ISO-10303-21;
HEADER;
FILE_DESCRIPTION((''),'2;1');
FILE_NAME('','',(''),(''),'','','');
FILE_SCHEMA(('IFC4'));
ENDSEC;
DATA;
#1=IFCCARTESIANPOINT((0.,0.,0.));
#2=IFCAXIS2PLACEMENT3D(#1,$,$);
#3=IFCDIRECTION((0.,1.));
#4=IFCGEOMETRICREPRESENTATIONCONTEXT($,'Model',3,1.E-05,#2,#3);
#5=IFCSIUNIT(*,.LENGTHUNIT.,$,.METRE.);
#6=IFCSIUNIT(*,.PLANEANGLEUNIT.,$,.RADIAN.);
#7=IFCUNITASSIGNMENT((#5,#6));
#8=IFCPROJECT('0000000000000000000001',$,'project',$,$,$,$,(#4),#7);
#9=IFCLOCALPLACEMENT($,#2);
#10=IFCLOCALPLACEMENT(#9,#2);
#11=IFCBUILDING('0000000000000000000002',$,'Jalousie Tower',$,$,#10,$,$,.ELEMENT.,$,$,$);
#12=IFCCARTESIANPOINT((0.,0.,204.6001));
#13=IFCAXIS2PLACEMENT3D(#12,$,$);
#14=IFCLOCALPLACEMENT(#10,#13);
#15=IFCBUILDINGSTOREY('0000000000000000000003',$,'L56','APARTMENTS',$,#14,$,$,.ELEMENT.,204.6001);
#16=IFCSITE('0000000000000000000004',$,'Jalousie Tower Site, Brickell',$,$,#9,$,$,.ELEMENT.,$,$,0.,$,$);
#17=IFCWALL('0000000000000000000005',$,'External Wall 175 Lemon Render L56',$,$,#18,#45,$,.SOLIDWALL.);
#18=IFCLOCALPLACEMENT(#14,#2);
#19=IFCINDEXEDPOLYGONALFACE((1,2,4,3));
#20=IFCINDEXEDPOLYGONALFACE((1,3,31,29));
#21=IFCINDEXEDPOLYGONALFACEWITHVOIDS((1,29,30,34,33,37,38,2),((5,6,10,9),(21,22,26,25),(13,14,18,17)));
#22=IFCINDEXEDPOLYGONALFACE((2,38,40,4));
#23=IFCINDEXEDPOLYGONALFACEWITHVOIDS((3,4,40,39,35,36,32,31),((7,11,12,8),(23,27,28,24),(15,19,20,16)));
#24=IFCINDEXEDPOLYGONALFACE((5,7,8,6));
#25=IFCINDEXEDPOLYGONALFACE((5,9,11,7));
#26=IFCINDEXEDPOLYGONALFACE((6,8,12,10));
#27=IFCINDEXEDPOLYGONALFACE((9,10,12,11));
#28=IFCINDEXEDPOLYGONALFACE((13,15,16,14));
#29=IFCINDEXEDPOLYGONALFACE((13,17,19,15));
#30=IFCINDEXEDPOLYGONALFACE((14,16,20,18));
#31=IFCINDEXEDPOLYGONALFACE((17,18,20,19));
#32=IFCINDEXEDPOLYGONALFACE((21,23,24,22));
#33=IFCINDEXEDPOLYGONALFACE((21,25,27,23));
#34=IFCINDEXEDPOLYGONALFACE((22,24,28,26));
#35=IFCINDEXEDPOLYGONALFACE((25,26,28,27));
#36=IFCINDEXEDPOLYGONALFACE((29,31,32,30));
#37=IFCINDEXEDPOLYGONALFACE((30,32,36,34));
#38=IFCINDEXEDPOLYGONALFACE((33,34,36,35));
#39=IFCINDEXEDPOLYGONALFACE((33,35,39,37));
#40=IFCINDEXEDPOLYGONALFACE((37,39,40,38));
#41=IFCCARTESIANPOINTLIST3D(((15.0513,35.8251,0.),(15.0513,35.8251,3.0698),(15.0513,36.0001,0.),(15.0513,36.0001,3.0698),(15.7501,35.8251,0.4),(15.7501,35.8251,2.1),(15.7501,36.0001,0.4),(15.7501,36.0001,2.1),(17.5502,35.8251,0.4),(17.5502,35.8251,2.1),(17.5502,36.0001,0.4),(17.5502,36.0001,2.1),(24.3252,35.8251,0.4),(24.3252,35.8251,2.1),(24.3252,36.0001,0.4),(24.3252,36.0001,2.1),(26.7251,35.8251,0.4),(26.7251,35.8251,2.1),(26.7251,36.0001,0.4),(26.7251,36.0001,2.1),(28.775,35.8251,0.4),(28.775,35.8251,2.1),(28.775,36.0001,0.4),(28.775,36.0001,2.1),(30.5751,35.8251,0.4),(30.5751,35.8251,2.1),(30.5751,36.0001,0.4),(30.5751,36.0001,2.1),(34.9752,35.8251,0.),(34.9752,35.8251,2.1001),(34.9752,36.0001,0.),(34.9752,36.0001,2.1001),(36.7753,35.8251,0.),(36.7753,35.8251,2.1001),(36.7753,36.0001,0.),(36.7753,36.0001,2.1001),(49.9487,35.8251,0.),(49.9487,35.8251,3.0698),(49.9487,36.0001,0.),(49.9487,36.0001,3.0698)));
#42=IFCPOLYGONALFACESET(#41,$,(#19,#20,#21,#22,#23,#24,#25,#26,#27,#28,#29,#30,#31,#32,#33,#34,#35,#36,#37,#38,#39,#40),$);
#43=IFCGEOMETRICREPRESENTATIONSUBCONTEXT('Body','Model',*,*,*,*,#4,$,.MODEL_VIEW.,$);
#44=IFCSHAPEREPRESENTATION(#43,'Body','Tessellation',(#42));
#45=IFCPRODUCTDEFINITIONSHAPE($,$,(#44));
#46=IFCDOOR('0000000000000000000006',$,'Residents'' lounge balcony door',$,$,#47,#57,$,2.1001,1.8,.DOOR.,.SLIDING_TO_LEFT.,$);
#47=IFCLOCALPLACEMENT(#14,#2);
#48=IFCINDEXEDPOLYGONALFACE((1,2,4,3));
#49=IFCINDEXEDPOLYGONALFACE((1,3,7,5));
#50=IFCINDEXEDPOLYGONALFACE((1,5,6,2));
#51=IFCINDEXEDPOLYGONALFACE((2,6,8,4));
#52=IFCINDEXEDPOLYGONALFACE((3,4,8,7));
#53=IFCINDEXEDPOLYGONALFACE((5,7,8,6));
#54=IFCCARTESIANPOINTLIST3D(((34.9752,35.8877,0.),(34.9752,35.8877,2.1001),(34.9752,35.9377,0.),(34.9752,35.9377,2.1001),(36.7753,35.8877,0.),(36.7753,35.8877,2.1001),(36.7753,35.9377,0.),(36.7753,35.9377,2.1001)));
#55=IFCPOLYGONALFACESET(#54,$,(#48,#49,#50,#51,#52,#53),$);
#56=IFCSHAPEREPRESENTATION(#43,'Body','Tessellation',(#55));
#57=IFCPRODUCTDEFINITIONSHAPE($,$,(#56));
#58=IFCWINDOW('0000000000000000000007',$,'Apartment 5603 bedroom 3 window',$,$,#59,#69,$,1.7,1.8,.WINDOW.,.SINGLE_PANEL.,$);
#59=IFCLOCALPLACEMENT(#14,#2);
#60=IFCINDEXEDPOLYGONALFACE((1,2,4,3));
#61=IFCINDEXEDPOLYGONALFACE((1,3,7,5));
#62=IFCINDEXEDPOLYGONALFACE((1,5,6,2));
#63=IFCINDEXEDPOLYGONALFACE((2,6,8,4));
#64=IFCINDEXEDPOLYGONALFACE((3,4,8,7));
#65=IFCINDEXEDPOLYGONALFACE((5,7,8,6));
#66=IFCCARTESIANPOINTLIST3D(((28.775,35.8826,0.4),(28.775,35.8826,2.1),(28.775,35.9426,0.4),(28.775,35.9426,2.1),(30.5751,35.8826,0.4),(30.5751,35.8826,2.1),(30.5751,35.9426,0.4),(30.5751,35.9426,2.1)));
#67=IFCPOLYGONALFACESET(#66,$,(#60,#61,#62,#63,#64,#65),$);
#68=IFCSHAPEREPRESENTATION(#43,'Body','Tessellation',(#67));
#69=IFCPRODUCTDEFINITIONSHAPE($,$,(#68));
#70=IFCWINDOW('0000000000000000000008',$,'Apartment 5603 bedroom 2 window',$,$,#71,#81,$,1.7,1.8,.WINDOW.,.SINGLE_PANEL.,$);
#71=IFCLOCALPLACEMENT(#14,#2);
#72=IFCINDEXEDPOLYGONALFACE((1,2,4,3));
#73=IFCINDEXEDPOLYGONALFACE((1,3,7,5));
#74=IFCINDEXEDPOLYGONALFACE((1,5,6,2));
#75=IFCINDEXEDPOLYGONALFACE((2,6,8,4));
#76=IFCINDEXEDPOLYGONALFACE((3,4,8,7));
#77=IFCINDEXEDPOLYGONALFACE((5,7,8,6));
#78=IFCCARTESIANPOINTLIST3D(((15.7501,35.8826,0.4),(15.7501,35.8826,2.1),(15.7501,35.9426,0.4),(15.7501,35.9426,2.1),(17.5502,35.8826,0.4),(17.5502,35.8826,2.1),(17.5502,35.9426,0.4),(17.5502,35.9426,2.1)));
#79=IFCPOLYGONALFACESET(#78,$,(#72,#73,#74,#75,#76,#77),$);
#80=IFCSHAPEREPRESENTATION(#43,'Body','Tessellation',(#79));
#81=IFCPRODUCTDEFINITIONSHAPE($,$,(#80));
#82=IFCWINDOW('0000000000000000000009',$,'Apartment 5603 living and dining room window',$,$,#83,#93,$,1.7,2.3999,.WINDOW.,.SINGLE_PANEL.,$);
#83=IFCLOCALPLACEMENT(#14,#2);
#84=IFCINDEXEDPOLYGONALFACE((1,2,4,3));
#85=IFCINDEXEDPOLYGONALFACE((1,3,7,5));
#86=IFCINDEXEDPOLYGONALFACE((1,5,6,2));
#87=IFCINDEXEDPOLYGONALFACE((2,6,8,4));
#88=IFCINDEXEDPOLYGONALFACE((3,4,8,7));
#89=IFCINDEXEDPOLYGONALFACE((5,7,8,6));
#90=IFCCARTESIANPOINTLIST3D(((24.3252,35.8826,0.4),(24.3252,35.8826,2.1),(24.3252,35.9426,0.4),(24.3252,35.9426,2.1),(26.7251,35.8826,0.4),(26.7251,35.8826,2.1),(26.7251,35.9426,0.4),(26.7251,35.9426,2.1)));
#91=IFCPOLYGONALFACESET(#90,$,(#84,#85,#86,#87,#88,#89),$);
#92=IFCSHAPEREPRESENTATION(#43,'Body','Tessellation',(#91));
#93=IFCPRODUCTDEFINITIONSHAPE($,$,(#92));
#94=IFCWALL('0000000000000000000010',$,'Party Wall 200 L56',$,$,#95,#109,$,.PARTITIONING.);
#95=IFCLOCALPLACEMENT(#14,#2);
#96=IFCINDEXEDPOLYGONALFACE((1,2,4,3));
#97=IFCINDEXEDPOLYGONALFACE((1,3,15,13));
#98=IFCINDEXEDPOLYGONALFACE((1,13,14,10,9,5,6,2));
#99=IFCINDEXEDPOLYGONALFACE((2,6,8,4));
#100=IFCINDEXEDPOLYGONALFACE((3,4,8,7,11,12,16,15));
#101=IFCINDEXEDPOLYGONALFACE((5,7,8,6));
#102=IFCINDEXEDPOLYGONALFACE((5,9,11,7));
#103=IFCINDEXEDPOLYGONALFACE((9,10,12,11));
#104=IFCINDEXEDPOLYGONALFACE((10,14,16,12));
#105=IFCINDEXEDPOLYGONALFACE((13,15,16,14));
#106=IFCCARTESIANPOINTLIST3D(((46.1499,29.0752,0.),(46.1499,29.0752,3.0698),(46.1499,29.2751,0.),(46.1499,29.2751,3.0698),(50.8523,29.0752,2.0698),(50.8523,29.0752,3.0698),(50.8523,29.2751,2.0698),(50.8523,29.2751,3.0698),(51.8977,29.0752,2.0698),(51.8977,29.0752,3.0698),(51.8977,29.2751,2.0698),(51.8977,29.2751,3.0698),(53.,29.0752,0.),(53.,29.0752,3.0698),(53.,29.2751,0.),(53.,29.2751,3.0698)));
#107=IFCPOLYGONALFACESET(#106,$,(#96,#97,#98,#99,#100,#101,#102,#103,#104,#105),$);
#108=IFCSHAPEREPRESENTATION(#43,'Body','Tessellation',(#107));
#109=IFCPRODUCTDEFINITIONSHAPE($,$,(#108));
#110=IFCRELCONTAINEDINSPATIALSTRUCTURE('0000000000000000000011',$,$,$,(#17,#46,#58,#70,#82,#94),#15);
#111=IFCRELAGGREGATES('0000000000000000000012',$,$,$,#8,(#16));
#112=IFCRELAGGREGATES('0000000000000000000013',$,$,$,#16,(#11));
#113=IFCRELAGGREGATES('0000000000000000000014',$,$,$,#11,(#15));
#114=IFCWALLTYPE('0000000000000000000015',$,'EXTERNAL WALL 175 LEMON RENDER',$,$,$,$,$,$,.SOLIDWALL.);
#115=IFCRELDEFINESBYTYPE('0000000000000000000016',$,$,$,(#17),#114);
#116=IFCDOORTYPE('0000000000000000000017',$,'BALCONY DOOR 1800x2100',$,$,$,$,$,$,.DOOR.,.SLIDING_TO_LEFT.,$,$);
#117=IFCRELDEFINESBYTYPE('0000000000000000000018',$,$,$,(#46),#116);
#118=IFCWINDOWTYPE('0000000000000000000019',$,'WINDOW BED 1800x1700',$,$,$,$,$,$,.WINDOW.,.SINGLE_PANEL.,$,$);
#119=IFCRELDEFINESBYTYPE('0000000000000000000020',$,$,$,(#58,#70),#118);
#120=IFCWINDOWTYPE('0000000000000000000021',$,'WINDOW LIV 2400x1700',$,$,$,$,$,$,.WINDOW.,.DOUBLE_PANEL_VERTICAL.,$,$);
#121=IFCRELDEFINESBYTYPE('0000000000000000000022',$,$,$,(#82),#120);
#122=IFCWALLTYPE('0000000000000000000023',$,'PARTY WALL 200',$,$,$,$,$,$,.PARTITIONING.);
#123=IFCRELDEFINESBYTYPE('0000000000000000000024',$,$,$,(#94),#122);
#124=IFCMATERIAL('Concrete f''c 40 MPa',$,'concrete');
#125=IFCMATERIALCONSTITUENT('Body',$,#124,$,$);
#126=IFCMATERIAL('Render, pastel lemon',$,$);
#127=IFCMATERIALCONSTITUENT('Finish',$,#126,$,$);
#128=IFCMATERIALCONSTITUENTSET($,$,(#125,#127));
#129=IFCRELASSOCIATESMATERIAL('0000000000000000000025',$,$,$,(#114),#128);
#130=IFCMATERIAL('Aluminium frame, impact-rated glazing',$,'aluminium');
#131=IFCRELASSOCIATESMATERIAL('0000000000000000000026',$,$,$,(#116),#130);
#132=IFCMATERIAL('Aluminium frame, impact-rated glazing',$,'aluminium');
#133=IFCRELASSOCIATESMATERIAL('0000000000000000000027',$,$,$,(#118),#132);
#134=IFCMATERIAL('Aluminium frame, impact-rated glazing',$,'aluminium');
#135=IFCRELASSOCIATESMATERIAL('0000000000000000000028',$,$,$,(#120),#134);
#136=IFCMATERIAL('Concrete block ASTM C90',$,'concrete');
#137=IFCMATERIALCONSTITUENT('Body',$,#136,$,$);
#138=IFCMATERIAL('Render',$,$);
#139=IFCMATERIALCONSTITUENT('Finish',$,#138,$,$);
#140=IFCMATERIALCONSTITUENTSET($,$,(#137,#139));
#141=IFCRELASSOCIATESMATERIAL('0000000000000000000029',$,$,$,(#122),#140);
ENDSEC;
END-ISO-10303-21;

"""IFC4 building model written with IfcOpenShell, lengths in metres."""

from ifc_helpers import new_model, si_unit, direction, frame, frame_2d, origin, place, context, subcontext, project, spatial, polyline, rectangle, outline, extrude, material, constituent, constituent_set, type_object, element, fill, save


model = new_model("IFC4")

# Units and contexts
model_context = context("Model", 3, precision=1e-05, world=origin(), true_north=direction((0.0, 1.0)))
body_context = subcontext(model_context, "Body", "Model", "MODEL_VIEW")
ifc_project = project(units=[si_unit("LENGTHUNIT", "METRE"), si_unit("PLANEANGLEUNIT", "RADIAN")], contexts=[model_context])

# Site, building, storey
site_placement = place(None, origin())
site = spatial("IfcSite", under=ifc_project, at=site_placement, Name="Jalousie Tower Site, Brickell", CompositionType="ELEMENT", RefElevation=0.0)
building_placement = place(site_placement, origin())
building = spatial("IfcBuilding", under=site, at=building_placement, Name="Jalousie Tower", CompositionType="ELEMENT")
storey_placement = place(building_placement, frame((0.0, 0.0, 204.6001)))
storey = spatial("IfcBuildingStorey", under=building, at=storey_placement, Name="L56", Description="APARTMENTS", CompositionType="ELEMENT", Elevation=204.6001)

# Wall, openings, door, windows
ifc_material_1 = material(Name="Concrete f'c 40 MPa", Category="concrete")
ifc_constituent_1 = constituent(ifc_material_1, Name="Body")
ifc_material_2 = material(Name="Render, pastel lemon")
ifc_constituent_2 = constituent(ifc_material_2, Name="Finish")
ifc_constituent_set_1 = constituent_set(constituents=[ifc_constituent_1, ifc_constituent_2])
wall_type_1 = type_object("IfcWallType", Name="EXTERNAL WALL 175 LEMON RENDER", PredefinedType="SOLIDWALL", material=ifc_constituent_set_1)
wall_1_placement = place(storey_placement, frame((49.9487, 35.9126, 0.0), z_axis=(0.0, 0.0, 1.0), x_axis=(-1.0, 0.0, 0.0)))
wall_1 = element("IfcWall", 1, at=wall_1_placement, inside=storey, type_object=wall_type_1, Name="External Wall 175 Lemon Render L56", PredefinedType="SOLIDWALL", context=body_context, shape_type="SweptSolid", body=[
    extrude(rectangle(XDim=34.8975, YDim=0.175, at=frame_2d((17.4487, 0.0))), origin(), (0.0, 0.0, 1.0), 3.0698),
])
opening_1_placement = place(wall_1_placement, frame((13.1736, 0.0, 0.0)))
opening_1 = element("IfcOpeningElement", 2, at=opening_1_placement, cuts=wall_1, PredefinedType="OPENING", context=body_context, shape_type="SweptSolid", body=[
    extrude(rectangle(XDim=1.8, YDim=2.1001, at=frame_2d((0.8999, 1.05))), frame((0.0, 0.0974, 0.0), z_axis=(0.0, -1.0, 0.0), x_axis=(1.0, 0.0, 0.0)), (0.0, 0.0, 1.0), 0.1951),
])
opening_2_placement = place(wall_1_placement, frame((19.3738, 0.0, 0.3999)))
opening_2 = element("IfcOpeningElement", 3, at=opening_2_placement, cuts=wall_1, PredefinedType="OPENING", context=body_context, shape_type="SweptSolid", body=[
    extrude(rectangle(XDim=1.8, YDim=1.7, at=frame_2d((0.8999, 0.8501))), frame((0.0, 0.0974, 0.0), z_axis=(0.0, -1.0, 0.0), x_axis=(1.0, 0.0, 0.0)), (0.0, 0.0, 1.0), 0.1951),
])
opening_3_placement = place(wall_1_placement, frame((23.2236, 0.0, 0.3999)))
opening_3 = element("IfcOpeningElement", 4, at=opening_3_placement, cuts=wall_1, PredefinedType="OPENING", context=body_context, shape_type="SweptSolid", body=[
    extrude(rectangle(XDim=2.3999, YDim=1.7, at=frame_2d((1.2, 0.8501))), frame((0.0, 0.0974, 0.0), z_axis=(0.0, -1.0, 0.0), x_axis=(1.0, 0.0, 0.0)), (0.0, 0.0, 1.0), 0.1951),
])
opening_4_placement = place(wall_1_placement, frame((32.3987, 0.0, 0.3999)))
opening_4 = element("IfcOpeningElement", 5, at=opening_4_placement, cuts=wall_1, PredefinedType="OPENING", context=body_context, shape_type="SweptSolid", body=[
    extrude(rectangle(XDim=1.8, YDim=1.7, at=frame_2d((0.8999, 0.8501))), frame((0.0, 0.0974, 0.0), z_axis=(0.0, -1.0, 0.0), x_axis=(1.0, 0.0, 0.0)), (0.0, 0.0, 1.0), 0.1951),
])
ifc_material_3 = material(Name="Aluminium frame, impact-rated glazing", Category="aluminium")
door_type_1 = type_object("IfcDoorType", Name="BALCONY DOOR 1800x2100", OperationType="SLIDING_TO_LEFT", PredefinedType="DOOR", material=ifc_material_3)
door_1_placement = place(opening_1_placement, origin())
door_1 = element("IfcDoor", 6, at=door_1_placement, inside=storey, type_object=door_type_1, Name="Residents' lounge balcony door", OperationType="SLIDING_TO_LEFT", OverallHeight=2.1001, OverallWidth=1.8, PredefinedType="DOOR", context=body_context, shape_type="SweptSolid", body=[
    extrude(rectangle(XDim=1.8, YDim=2.1001, at=frame_2d((0.8999, 1.05))), frame((0.0, 0.0249, 0.0), z_axis=(0.0, -1.0, 0.0), x_axis=(1.0, 0.0, 0.0)), (0.0, 0.0, 1.0), 0.05),
])
fill(opening_1, door_1)
ifc_material_4 = material(Name="Aluminium frame, impact-rated glazing", Category="aluminium")
window_type_1 = type_object("IfcWindowType", Name="WINDOW BED 1800x1700", PartitioningType="SINGLE_PANEL", PredefinedType="WINDOW", material=ifc_material_4)
window_1_placement = place(opening_2_placement, origin())
window_1 = element("IfcWindow", 7, at=window_1_placement, inside=storey, type_object=window_type_1, Name="Apartment 5603 bedroom 3 window", OverallHeight=1.7, OverallWidth=1.8, PartitioningType="SINGLE_PANEL", PredefinedType="WINDOW", context=body_context, shape_type="SweptSolid", body=[
    extrude(rectangle(XDim=1.8, YDim=1.7, at=frame_2d((0.8999, 0.8501))), frame((0.0, 0.03, 0.0), z_axis=(0.0, -1.0, 0.0), x_axis=(1.0, 0.0, 0.0)), (0.0, 0.0, 1.0), 0.0601),
])
fill(opening_2, window_1)
window_2_placement = place(opening_4_placement, origin())
window_2 = element("IfcWindow", 8, at=window_2_placement, inside=storey, type_object=window_type_1, Name="Apartment 5603 bedroom 2 window", OverallHeight=1.7, OverallWidth=1.8, PartitioningType="SINGLE_PANEL", PredefinedType="WINDOW", context=body_context, shape_type="SweptSolid", body=[
    extrude(rectangle(XDim=1.8, YDim=1.7, at=frame_2d((0.8999, 0.8501))), frame((0.0, 0.03, 0.0), z_axis=(0.0, -1.0, 0.0), x_axis=(1.0, 0.0, 0.0)), (0.0, 0.0, 1.0), 0.0601),
])
fill(opening_4, window_2)
ifc_material_5 = material(Name="Aluminium frame, impact-rated glazing", Category="aluminium")
window_type_2 = type_object("IfcWindowType", Name="WINDOW LIV 2400x1700", PartitioningType="DOUBLE_PANEL_VERTICAL", PredefinedType="WINDOW", material=ifc_material_5)
window_3_placement = place(opening_3_placement, origin())
window_3 = element("IfcWindow", 9, at=window_3_placement, inside=storey, type_object=window_type_2, Name="Apartment 5603 living and dining room window", OverallHeight=1.7, OverallWidth=2.3999, PartitioningType="SINGLE_PANEL", PredefinedType="WINDOW", context=body_context, shape_type="SweptSolid", body=[
    extrude(rectangle(XDim=2.3999, YDim=1.7, at=frame_2d((1.2, 0.8501))), frame((0.0, 0.03, 0.0), z_axis=(0.0, -1.0, 0.0), x_axis=(1.0, 0.0, 0.0)), (0.0, 0.0, 1.0), 0.0601),
])
fill(opening_3, window_3)

# Wall
ifc_material_6 = material(Name="Concrete block ASTM C90", Category="concrete")
ifc_constituent_3 = constituent(ifc_material_6, Name="Body")
ifc_material_7 = material(Name="Render")
ifc_constituent_4 = constituent(ifc_material_7, Name="Finish")
ifc_constituent_set_2 = constituent_set(constituents=[ifc_constituent_3, ifc_constituent_4])
wall_type_2 = type_object("IfcWallType", Name="PARTY WALL 200", PredefinedType="PARTITIONING", material=ifc_constituent_set_2)
wall_2_placement = place(storey_placement, frame((46.1499, 29.175, 0.0), z_axis=(0.0, 0.0, 1.0), x_axis=(1.0, 0.0, 0.0)))
element("IfcWall", 10, at=wall_2_placement, inside=storey, type_object=wall_type_2, Name="Party Wall 200 L56", PredefinedType="PARTITIONING", context=body_context, shape_type="SweptSolid", body=[
    extrude(outline(polyline([(0.0, 0.0), (6.8501, 0.0), (6.8501, 3.0698), (5.7478, 3.0698), (5.7478, 2.0698), (4.7024, 2.0698), (4.7024, 3.0698), (0.0, 3.0698), (0.0, 0.0)])), frame((0.0, 0.1001, 0.0), z_axis=(0.0, -1.0, 0.0), x_axis=(1.0, 0.0, 0.0)), (0.0, 0.0, 1.0), 0.2),
])

save(model, "model.ifc")
